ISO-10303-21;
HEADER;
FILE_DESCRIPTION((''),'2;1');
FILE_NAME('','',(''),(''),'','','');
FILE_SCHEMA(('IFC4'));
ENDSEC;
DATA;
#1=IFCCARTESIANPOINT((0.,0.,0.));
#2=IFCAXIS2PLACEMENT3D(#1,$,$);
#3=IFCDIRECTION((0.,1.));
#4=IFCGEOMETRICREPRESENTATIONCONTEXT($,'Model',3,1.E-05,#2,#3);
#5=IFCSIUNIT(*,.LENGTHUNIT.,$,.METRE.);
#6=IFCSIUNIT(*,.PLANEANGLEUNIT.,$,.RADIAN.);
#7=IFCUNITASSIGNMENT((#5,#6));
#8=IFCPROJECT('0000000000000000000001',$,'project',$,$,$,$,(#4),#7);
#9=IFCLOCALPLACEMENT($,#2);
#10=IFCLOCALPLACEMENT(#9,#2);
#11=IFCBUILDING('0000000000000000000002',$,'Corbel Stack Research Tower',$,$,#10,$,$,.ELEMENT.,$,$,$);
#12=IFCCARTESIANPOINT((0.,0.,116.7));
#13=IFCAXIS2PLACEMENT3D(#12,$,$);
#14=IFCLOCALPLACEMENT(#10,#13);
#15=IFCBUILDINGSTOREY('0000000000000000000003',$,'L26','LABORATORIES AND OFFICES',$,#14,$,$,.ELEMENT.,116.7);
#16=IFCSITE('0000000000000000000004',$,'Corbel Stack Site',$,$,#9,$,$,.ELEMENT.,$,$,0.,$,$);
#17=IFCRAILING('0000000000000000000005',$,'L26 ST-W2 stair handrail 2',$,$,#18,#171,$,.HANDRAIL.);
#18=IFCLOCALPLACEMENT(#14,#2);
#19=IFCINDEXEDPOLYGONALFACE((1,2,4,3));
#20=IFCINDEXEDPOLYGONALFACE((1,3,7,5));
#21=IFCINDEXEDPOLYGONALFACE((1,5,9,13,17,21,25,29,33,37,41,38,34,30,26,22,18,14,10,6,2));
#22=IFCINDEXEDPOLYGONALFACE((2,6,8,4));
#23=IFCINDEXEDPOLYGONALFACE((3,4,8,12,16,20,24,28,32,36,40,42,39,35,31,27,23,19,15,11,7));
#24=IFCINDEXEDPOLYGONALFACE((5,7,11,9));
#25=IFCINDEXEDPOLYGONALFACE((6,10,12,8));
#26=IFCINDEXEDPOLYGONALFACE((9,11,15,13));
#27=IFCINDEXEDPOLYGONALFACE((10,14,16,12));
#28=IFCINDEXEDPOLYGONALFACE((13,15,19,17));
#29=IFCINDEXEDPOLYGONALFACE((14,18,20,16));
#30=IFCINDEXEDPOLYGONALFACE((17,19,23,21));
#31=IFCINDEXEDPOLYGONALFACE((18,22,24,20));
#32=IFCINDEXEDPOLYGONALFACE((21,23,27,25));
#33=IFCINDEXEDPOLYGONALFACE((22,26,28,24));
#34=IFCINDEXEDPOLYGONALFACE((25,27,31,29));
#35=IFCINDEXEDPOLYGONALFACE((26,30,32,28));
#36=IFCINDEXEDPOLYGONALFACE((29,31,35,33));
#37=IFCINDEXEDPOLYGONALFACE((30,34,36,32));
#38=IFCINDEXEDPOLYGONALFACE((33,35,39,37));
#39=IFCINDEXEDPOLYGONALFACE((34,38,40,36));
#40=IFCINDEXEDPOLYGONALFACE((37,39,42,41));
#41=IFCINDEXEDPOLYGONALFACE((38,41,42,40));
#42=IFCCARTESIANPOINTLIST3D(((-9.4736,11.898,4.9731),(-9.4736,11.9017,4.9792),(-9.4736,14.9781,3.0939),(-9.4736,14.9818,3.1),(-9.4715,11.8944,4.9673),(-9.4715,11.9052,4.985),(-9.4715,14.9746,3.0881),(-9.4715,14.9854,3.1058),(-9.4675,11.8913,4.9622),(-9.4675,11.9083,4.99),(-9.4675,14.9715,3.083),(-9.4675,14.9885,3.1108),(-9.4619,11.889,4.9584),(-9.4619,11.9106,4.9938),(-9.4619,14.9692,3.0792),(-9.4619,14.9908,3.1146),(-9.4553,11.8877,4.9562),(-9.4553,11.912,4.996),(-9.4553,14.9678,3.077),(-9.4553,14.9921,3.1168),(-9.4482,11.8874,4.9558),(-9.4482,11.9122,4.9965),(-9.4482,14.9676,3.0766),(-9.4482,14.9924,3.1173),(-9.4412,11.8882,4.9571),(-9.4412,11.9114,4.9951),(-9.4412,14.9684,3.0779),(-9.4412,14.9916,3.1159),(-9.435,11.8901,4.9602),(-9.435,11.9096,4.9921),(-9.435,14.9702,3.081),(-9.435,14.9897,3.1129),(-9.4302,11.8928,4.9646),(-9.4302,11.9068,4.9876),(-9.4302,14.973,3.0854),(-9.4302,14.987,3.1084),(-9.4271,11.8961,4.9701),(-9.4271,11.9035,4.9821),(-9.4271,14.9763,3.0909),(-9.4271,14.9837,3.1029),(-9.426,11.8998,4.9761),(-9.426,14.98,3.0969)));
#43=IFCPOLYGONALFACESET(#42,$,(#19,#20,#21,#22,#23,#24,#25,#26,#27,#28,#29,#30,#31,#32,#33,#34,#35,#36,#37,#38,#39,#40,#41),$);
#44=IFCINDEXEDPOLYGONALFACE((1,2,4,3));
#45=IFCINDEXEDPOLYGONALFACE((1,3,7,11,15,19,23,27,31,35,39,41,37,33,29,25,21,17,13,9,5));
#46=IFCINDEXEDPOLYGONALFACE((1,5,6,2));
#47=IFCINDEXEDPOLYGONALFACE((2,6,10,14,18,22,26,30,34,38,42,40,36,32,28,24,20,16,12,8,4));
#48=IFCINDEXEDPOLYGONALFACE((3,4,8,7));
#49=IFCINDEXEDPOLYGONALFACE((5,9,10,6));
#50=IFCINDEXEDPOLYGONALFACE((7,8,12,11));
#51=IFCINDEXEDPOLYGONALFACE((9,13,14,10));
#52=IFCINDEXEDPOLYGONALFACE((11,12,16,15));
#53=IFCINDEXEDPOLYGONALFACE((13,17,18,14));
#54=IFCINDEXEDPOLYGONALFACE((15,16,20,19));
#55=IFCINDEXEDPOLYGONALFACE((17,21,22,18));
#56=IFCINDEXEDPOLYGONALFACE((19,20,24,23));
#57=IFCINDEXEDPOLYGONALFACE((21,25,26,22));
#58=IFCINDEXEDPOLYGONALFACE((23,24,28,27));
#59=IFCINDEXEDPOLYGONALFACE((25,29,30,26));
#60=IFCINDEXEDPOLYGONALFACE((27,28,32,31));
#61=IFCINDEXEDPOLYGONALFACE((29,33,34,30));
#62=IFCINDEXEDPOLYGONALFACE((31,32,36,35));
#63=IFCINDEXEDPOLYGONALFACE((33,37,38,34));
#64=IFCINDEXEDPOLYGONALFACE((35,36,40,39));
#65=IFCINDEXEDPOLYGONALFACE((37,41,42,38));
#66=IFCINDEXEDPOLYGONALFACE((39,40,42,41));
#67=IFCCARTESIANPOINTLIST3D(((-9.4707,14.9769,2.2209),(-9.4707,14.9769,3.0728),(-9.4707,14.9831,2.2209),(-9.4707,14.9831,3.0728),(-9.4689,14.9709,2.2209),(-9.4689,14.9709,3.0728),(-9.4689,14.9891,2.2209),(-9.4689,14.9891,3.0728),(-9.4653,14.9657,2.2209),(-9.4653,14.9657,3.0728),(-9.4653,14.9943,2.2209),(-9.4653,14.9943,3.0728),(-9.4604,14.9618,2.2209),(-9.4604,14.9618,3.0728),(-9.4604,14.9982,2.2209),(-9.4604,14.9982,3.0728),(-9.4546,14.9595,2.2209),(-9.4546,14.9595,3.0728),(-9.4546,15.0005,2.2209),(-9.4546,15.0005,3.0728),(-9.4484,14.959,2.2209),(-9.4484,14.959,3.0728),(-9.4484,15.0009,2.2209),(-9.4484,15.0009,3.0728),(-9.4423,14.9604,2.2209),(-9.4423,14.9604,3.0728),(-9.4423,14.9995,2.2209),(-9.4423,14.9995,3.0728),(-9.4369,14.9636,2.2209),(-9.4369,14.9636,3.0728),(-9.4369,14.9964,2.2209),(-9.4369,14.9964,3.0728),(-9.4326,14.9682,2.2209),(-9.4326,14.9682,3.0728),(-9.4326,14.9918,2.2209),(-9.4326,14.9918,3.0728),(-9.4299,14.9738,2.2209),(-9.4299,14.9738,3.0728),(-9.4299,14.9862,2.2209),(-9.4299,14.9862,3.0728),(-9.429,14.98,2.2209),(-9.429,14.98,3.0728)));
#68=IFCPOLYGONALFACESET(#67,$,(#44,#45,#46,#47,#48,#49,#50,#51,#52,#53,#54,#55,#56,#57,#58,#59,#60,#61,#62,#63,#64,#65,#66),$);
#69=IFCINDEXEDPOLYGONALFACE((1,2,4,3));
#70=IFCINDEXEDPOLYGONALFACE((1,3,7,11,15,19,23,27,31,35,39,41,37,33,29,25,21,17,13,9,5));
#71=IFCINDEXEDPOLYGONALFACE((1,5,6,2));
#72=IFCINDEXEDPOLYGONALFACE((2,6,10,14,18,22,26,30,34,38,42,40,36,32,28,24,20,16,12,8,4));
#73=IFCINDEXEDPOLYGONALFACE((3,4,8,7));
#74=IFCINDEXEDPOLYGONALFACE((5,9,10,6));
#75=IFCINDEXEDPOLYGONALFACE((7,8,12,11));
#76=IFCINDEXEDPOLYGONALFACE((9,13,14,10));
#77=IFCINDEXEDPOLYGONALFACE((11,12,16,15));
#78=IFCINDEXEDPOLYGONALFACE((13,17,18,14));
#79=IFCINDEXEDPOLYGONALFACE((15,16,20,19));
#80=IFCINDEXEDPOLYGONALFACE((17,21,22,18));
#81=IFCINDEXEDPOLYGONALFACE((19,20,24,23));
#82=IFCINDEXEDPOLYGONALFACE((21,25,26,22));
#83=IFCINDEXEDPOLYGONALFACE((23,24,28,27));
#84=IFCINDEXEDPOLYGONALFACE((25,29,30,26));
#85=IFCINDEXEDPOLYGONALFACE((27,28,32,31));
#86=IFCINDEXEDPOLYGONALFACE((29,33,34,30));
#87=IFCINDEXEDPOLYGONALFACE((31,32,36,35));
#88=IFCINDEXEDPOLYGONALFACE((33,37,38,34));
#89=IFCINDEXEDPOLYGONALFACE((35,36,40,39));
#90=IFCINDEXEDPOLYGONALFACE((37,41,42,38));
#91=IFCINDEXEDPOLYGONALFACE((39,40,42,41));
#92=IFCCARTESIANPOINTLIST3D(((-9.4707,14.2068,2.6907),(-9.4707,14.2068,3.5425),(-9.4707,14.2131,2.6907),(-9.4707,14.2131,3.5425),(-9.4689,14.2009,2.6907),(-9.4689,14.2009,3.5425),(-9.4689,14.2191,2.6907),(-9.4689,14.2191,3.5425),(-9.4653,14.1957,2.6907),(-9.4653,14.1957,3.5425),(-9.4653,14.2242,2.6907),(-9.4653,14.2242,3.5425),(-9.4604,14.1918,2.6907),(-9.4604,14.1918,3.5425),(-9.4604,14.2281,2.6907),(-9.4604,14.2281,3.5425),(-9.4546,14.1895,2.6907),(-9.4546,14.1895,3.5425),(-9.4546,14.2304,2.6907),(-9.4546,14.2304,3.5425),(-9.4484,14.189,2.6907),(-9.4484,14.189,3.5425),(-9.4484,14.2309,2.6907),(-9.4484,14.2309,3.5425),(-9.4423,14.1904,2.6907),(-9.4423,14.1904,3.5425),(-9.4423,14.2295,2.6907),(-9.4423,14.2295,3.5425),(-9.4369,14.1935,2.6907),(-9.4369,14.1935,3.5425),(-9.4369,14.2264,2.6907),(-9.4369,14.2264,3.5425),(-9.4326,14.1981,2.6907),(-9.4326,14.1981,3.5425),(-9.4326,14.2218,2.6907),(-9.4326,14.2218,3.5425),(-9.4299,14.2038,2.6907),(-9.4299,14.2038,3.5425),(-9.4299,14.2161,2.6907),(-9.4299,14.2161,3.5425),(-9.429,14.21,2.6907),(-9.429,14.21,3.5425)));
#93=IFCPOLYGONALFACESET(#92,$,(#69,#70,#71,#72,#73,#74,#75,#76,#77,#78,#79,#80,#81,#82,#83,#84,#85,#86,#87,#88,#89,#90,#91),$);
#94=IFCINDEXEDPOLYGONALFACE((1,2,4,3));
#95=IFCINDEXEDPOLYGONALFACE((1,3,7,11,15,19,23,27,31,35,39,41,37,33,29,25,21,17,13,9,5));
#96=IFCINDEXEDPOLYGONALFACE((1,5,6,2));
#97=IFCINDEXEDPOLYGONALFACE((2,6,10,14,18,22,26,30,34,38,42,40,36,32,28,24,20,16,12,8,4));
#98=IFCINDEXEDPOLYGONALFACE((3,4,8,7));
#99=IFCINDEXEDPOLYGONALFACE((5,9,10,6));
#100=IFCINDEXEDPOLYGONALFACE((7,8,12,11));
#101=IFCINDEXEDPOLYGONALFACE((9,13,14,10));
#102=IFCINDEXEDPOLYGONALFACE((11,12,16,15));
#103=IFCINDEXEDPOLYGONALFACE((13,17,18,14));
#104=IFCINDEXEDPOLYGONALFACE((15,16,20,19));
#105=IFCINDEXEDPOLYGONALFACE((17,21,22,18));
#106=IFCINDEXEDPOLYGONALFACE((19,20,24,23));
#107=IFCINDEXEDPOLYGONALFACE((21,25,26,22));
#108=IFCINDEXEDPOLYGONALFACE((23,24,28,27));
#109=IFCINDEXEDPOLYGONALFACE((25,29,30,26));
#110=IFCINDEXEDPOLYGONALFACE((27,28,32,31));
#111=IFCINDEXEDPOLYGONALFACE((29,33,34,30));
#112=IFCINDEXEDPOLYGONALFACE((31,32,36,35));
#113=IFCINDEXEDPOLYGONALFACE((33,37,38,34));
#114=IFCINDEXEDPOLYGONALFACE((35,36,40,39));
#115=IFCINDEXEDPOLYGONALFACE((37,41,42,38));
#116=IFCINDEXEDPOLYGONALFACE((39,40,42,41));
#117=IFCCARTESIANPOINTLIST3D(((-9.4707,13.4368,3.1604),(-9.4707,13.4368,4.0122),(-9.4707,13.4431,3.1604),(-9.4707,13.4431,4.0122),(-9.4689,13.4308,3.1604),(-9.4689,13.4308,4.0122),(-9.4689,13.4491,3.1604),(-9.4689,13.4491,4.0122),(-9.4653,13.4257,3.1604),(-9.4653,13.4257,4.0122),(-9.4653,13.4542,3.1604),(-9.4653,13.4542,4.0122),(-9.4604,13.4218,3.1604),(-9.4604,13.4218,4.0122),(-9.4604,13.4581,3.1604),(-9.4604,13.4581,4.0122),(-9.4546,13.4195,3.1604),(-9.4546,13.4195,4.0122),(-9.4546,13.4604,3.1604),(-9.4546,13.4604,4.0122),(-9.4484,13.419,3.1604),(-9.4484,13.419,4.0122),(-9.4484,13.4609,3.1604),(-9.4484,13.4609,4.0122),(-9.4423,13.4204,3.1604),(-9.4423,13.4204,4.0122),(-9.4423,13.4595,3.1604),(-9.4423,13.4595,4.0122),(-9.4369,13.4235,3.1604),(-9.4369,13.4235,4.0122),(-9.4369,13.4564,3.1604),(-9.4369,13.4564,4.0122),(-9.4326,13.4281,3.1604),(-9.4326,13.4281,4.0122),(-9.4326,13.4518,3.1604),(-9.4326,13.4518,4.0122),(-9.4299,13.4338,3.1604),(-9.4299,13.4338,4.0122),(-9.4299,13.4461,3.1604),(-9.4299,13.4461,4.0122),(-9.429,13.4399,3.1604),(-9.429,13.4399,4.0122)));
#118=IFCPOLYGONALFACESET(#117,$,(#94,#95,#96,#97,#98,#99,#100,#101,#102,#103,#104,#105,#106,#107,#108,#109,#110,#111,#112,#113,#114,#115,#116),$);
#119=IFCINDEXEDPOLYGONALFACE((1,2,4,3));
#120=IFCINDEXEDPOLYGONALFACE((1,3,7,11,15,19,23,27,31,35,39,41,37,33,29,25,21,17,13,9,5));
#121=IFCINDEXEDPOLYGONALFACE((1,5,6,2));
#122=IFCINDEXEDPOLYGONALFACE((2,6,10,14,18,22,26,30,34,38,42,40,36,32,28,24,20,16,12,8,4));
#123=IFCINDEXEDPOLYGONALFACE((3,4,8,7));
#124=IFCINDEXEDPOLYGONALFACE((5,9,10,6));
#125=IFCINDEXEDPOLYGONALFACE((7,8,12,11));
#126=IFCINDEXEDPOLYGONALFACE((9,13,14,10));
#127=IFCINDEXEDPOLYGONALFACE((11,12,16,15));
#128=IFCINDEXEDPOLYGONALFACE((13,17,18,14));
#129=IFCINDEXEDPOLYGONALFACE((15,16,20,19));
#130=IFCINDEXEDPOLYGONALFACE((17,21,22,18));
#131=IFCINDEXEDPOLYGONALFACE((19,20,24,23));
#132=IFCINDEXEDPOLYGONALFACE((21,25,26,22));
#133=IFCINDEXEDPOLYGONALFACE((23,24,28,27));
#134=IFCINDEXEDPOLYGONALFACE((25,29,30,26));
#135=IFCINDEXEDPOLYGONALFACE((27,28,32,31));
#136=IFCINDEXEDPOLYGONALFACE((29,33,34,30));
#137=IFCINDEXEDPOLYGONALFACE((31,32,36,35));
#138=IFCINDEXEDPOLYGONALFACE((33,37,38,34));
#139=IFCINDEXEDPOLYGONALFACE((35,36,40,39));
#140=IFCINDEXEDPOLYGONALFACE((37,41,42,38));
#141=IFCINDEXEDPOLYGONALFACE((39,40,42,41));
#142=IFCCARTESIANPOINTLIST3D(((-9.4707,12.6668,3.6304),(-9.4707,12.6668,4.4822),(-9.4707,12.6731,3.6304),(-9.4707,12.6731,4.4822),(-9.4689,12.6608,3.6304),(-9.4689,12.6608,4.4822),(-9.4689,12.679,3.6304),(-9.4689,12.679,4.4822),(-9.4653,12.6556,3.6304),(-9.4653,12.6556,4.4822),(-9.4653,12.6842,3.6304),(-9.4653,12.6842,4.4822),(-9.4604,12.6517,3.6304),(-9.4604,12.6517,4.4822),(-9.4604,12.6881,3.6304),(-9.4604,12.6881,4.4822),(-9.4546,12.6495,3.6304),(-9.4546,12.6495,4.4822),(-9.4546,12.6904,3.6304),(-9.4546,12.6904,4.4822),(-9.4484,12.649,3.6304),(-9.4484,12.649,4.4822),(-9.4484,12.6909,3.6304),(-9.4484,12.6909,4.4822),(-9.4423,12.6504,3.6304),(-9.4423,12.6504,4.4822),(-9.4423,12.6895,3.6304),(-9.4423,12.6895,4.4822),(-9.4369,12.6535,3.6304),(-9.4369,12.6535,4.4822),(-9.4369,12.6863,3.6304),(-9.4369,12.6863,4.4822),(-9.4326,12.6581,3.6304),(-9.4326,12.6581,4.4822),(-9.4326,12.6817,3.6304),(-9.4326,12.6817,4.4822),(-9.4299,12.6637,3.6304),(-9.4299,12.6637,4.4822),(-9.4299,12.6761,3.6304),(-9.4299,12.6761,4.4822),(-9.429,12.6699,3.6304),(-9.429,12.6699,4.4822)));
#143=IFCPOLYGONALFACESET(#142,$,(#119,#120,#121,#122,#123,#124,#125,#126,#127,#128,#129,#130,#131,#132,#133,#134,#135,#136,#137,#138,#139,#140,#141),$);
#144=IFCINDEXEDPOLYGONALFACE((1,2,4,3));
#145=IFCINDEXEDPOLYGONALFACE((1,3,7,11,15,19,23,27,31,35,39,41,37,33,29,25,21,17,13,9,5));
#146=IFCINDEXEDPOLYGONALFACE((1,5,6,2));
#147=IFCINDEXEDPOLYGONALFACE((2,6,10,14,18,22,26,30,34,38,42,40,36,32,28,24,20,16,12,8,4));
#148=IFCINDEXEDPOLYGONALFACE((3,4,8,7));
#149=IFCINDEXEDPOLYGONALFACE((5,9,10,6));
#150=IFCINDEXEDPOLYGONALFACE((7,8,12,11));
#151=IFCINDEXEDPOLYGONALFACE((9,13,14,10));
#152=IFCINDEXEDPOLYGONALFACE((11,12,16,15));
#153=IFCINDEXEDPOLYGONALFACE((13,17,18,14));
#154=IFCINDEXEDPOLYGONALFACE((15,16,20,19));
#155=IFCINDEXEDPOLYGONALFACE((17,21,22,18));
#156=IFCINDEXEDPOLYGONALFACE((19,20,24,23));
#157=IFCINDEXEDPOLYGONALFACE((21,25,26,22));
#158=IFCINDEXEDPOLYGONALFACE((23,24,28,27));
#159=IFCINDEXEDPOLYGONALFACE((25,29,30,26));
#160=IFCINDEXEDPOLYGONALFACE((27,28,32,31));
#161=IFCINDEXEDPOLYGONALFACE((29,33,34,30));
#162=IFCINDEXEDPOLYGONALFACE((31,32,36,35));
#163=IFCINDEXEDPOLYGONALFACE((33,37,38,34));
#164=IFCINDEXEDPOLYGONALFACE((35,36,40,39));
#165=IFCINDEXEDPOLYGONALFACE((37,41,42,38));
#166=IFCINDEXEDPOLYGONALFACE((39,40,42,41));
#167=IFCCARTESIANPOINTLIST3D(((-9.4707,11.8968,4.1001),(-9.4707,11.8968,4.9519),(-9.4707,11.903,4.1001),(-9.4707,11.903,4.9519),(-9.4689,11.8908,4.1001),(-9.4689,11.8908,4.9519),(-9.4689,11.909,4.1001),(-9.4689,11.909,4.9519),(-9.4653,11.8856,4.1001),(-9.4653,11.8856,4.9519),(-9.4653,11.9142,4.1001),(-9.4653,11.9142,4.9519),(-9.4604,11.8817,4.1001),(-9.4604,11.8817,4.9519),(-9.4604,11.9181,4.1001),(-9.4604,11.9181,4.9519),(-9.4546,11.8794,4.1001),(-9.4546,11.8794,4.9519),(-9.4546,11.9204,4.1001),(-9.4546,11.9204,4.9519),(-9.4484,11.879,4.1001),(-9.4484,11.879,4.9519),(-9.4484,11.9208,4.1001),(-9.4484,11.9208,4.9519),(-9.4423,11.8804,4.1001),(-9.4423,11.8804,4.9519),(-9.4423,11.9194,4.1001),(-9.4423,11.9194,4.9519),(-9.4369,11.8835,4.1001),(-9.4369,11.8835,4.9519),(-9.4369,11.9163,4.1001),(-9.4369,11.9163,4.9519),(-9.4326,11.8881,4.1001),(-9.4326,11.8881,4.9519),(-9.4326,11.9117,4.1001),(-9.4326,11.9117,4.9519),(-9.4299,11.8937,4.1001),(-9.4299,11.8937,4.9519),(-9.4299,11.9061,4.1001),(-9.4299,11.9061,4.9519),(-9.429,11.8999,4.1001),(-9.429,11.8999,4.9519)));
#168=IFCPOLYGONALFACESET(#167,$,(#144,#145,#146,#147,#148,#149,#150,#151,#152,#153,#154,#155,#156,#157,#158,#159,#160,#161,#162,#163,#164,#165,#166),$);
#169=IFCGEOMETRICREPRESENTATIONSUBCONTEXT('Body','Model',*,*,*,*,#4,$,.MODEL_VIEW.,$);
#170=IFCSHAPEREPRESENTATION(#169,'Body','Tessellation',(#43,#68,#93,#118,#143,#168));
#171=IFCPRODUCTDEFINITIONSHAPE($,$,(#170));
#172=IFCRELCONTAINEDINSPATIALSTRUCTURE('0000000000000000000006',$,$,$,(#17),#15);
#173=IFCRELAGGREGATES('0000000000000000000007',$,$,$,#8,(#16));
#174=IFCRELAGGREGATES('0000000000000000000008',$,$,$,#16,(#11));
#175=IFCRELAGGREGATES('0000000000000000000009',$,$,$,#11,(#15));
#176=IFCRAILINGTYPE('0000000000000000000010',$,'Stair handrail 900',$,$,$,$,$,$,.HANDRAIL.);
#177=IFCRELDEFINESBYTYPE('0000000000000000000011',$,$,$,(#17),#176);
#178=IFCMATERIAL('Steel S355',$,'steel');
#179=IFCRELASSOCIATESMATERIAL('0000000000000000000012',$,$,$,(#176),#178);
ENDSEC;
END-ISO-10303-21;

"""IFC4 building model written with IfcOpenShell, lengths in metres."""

from ifc_helpers import new_model, si_unit, direction, frame, origin, origin_2d, place, context, subcontext, project, spatial, circle, extrude, material, type_object, element, save


model = new_model("IFC4")

# Units and contexts
model_context = context("Model", 3, precision=1e-05, world=origin(), true_north=direction((0.0, 1.0)))
body_context = subcontext(model_context, "Body", "Model", "MODEL_VIEW")
ifc_project = project(units=[si_unit("LENGTHUNIT", "METRE"), si_unit("PLANEANGLEUNIT", "RADIAN")], contexts=[model_context])

# Site, building, storey
site_placement = place(None, origin())
site = spatial("IfcSite", under=ifc_project, at=site_placement, Name="Corbel Stack Site", CompositionType="ELEMENT", RefElevation=0.0)
building_placement = place(site_placement, origin())
building = spatial("IfcBuilding", under=site, at=building_placement, Name="Corbel Stack Research Tower", CompositionType="ELEMENT")
storey_placement = place(building_placement, frame((0.0, 0.0, 116.7)))
storey = spatial("IfcBuildingStorey", under=building, at=storey_placement, Name="L26", Description="LABORATORIES AND OFFICES", CompositionType="ELEMENT", Elevation=116.7)

# Railing
ifc_material_1 = material(Name="Steel S355", Category="steel")
railing_type_1 = type_object("IfcRailingType", Name="Stair handrail 900", PredefinedType="HANDRAIL", material=ifc_material_1)
railing_1_placement = place(storey_placement, frame((-9.45, 14.98, 2.2209)))
element("IfcRailing", 1, at=railing_1_placement, inside=storey, type_object=railing_type_1, Name="L26 ST-W2 stair handrail 2", PredefinedType="HANDRAIL", context=body_context, shape_type="SweptSolid", body=[
    extrude(circle(Radius=0.0239, at=origin_2d()), frame((0.0, 0.0, 0.876), z_axis=(0.0, -0.853666, 0.52082), x_axis=(1.0, 0.0, 0.0)), (0.0, 0.0, 1.0), 3.6082),
    extrude(circle(Radius=0.021, at=origin_2d()), origin(), (0.0, 0.0, 1.0), 0.8518),
    extrude(circle(Radius=0.021, at=origin_2d()), frame((0.0, -0.77, 0.4697)), (0.0, 0.0, 1.0), 0.8518),
    extrude(circle(Radius=0.021, at=origin_2d()), frame((0.0, -1.54, 0.9395)), (0.0, 0.0, 1.0), 0.8518),
    extrude(circle(Radius=0.021, at=origin_2d()), frame((0.0, -2.3101, 1.4094)), (0.0, 0.0, 1.0), 0.8518),
    extrude(circle(Radius=0.021, at=origin_2d()), frame((0.0, -3.0801, 1.8792)), (0.0, 0.0, 1.0), 0.8518),
])

save(model, "model.ifc")
